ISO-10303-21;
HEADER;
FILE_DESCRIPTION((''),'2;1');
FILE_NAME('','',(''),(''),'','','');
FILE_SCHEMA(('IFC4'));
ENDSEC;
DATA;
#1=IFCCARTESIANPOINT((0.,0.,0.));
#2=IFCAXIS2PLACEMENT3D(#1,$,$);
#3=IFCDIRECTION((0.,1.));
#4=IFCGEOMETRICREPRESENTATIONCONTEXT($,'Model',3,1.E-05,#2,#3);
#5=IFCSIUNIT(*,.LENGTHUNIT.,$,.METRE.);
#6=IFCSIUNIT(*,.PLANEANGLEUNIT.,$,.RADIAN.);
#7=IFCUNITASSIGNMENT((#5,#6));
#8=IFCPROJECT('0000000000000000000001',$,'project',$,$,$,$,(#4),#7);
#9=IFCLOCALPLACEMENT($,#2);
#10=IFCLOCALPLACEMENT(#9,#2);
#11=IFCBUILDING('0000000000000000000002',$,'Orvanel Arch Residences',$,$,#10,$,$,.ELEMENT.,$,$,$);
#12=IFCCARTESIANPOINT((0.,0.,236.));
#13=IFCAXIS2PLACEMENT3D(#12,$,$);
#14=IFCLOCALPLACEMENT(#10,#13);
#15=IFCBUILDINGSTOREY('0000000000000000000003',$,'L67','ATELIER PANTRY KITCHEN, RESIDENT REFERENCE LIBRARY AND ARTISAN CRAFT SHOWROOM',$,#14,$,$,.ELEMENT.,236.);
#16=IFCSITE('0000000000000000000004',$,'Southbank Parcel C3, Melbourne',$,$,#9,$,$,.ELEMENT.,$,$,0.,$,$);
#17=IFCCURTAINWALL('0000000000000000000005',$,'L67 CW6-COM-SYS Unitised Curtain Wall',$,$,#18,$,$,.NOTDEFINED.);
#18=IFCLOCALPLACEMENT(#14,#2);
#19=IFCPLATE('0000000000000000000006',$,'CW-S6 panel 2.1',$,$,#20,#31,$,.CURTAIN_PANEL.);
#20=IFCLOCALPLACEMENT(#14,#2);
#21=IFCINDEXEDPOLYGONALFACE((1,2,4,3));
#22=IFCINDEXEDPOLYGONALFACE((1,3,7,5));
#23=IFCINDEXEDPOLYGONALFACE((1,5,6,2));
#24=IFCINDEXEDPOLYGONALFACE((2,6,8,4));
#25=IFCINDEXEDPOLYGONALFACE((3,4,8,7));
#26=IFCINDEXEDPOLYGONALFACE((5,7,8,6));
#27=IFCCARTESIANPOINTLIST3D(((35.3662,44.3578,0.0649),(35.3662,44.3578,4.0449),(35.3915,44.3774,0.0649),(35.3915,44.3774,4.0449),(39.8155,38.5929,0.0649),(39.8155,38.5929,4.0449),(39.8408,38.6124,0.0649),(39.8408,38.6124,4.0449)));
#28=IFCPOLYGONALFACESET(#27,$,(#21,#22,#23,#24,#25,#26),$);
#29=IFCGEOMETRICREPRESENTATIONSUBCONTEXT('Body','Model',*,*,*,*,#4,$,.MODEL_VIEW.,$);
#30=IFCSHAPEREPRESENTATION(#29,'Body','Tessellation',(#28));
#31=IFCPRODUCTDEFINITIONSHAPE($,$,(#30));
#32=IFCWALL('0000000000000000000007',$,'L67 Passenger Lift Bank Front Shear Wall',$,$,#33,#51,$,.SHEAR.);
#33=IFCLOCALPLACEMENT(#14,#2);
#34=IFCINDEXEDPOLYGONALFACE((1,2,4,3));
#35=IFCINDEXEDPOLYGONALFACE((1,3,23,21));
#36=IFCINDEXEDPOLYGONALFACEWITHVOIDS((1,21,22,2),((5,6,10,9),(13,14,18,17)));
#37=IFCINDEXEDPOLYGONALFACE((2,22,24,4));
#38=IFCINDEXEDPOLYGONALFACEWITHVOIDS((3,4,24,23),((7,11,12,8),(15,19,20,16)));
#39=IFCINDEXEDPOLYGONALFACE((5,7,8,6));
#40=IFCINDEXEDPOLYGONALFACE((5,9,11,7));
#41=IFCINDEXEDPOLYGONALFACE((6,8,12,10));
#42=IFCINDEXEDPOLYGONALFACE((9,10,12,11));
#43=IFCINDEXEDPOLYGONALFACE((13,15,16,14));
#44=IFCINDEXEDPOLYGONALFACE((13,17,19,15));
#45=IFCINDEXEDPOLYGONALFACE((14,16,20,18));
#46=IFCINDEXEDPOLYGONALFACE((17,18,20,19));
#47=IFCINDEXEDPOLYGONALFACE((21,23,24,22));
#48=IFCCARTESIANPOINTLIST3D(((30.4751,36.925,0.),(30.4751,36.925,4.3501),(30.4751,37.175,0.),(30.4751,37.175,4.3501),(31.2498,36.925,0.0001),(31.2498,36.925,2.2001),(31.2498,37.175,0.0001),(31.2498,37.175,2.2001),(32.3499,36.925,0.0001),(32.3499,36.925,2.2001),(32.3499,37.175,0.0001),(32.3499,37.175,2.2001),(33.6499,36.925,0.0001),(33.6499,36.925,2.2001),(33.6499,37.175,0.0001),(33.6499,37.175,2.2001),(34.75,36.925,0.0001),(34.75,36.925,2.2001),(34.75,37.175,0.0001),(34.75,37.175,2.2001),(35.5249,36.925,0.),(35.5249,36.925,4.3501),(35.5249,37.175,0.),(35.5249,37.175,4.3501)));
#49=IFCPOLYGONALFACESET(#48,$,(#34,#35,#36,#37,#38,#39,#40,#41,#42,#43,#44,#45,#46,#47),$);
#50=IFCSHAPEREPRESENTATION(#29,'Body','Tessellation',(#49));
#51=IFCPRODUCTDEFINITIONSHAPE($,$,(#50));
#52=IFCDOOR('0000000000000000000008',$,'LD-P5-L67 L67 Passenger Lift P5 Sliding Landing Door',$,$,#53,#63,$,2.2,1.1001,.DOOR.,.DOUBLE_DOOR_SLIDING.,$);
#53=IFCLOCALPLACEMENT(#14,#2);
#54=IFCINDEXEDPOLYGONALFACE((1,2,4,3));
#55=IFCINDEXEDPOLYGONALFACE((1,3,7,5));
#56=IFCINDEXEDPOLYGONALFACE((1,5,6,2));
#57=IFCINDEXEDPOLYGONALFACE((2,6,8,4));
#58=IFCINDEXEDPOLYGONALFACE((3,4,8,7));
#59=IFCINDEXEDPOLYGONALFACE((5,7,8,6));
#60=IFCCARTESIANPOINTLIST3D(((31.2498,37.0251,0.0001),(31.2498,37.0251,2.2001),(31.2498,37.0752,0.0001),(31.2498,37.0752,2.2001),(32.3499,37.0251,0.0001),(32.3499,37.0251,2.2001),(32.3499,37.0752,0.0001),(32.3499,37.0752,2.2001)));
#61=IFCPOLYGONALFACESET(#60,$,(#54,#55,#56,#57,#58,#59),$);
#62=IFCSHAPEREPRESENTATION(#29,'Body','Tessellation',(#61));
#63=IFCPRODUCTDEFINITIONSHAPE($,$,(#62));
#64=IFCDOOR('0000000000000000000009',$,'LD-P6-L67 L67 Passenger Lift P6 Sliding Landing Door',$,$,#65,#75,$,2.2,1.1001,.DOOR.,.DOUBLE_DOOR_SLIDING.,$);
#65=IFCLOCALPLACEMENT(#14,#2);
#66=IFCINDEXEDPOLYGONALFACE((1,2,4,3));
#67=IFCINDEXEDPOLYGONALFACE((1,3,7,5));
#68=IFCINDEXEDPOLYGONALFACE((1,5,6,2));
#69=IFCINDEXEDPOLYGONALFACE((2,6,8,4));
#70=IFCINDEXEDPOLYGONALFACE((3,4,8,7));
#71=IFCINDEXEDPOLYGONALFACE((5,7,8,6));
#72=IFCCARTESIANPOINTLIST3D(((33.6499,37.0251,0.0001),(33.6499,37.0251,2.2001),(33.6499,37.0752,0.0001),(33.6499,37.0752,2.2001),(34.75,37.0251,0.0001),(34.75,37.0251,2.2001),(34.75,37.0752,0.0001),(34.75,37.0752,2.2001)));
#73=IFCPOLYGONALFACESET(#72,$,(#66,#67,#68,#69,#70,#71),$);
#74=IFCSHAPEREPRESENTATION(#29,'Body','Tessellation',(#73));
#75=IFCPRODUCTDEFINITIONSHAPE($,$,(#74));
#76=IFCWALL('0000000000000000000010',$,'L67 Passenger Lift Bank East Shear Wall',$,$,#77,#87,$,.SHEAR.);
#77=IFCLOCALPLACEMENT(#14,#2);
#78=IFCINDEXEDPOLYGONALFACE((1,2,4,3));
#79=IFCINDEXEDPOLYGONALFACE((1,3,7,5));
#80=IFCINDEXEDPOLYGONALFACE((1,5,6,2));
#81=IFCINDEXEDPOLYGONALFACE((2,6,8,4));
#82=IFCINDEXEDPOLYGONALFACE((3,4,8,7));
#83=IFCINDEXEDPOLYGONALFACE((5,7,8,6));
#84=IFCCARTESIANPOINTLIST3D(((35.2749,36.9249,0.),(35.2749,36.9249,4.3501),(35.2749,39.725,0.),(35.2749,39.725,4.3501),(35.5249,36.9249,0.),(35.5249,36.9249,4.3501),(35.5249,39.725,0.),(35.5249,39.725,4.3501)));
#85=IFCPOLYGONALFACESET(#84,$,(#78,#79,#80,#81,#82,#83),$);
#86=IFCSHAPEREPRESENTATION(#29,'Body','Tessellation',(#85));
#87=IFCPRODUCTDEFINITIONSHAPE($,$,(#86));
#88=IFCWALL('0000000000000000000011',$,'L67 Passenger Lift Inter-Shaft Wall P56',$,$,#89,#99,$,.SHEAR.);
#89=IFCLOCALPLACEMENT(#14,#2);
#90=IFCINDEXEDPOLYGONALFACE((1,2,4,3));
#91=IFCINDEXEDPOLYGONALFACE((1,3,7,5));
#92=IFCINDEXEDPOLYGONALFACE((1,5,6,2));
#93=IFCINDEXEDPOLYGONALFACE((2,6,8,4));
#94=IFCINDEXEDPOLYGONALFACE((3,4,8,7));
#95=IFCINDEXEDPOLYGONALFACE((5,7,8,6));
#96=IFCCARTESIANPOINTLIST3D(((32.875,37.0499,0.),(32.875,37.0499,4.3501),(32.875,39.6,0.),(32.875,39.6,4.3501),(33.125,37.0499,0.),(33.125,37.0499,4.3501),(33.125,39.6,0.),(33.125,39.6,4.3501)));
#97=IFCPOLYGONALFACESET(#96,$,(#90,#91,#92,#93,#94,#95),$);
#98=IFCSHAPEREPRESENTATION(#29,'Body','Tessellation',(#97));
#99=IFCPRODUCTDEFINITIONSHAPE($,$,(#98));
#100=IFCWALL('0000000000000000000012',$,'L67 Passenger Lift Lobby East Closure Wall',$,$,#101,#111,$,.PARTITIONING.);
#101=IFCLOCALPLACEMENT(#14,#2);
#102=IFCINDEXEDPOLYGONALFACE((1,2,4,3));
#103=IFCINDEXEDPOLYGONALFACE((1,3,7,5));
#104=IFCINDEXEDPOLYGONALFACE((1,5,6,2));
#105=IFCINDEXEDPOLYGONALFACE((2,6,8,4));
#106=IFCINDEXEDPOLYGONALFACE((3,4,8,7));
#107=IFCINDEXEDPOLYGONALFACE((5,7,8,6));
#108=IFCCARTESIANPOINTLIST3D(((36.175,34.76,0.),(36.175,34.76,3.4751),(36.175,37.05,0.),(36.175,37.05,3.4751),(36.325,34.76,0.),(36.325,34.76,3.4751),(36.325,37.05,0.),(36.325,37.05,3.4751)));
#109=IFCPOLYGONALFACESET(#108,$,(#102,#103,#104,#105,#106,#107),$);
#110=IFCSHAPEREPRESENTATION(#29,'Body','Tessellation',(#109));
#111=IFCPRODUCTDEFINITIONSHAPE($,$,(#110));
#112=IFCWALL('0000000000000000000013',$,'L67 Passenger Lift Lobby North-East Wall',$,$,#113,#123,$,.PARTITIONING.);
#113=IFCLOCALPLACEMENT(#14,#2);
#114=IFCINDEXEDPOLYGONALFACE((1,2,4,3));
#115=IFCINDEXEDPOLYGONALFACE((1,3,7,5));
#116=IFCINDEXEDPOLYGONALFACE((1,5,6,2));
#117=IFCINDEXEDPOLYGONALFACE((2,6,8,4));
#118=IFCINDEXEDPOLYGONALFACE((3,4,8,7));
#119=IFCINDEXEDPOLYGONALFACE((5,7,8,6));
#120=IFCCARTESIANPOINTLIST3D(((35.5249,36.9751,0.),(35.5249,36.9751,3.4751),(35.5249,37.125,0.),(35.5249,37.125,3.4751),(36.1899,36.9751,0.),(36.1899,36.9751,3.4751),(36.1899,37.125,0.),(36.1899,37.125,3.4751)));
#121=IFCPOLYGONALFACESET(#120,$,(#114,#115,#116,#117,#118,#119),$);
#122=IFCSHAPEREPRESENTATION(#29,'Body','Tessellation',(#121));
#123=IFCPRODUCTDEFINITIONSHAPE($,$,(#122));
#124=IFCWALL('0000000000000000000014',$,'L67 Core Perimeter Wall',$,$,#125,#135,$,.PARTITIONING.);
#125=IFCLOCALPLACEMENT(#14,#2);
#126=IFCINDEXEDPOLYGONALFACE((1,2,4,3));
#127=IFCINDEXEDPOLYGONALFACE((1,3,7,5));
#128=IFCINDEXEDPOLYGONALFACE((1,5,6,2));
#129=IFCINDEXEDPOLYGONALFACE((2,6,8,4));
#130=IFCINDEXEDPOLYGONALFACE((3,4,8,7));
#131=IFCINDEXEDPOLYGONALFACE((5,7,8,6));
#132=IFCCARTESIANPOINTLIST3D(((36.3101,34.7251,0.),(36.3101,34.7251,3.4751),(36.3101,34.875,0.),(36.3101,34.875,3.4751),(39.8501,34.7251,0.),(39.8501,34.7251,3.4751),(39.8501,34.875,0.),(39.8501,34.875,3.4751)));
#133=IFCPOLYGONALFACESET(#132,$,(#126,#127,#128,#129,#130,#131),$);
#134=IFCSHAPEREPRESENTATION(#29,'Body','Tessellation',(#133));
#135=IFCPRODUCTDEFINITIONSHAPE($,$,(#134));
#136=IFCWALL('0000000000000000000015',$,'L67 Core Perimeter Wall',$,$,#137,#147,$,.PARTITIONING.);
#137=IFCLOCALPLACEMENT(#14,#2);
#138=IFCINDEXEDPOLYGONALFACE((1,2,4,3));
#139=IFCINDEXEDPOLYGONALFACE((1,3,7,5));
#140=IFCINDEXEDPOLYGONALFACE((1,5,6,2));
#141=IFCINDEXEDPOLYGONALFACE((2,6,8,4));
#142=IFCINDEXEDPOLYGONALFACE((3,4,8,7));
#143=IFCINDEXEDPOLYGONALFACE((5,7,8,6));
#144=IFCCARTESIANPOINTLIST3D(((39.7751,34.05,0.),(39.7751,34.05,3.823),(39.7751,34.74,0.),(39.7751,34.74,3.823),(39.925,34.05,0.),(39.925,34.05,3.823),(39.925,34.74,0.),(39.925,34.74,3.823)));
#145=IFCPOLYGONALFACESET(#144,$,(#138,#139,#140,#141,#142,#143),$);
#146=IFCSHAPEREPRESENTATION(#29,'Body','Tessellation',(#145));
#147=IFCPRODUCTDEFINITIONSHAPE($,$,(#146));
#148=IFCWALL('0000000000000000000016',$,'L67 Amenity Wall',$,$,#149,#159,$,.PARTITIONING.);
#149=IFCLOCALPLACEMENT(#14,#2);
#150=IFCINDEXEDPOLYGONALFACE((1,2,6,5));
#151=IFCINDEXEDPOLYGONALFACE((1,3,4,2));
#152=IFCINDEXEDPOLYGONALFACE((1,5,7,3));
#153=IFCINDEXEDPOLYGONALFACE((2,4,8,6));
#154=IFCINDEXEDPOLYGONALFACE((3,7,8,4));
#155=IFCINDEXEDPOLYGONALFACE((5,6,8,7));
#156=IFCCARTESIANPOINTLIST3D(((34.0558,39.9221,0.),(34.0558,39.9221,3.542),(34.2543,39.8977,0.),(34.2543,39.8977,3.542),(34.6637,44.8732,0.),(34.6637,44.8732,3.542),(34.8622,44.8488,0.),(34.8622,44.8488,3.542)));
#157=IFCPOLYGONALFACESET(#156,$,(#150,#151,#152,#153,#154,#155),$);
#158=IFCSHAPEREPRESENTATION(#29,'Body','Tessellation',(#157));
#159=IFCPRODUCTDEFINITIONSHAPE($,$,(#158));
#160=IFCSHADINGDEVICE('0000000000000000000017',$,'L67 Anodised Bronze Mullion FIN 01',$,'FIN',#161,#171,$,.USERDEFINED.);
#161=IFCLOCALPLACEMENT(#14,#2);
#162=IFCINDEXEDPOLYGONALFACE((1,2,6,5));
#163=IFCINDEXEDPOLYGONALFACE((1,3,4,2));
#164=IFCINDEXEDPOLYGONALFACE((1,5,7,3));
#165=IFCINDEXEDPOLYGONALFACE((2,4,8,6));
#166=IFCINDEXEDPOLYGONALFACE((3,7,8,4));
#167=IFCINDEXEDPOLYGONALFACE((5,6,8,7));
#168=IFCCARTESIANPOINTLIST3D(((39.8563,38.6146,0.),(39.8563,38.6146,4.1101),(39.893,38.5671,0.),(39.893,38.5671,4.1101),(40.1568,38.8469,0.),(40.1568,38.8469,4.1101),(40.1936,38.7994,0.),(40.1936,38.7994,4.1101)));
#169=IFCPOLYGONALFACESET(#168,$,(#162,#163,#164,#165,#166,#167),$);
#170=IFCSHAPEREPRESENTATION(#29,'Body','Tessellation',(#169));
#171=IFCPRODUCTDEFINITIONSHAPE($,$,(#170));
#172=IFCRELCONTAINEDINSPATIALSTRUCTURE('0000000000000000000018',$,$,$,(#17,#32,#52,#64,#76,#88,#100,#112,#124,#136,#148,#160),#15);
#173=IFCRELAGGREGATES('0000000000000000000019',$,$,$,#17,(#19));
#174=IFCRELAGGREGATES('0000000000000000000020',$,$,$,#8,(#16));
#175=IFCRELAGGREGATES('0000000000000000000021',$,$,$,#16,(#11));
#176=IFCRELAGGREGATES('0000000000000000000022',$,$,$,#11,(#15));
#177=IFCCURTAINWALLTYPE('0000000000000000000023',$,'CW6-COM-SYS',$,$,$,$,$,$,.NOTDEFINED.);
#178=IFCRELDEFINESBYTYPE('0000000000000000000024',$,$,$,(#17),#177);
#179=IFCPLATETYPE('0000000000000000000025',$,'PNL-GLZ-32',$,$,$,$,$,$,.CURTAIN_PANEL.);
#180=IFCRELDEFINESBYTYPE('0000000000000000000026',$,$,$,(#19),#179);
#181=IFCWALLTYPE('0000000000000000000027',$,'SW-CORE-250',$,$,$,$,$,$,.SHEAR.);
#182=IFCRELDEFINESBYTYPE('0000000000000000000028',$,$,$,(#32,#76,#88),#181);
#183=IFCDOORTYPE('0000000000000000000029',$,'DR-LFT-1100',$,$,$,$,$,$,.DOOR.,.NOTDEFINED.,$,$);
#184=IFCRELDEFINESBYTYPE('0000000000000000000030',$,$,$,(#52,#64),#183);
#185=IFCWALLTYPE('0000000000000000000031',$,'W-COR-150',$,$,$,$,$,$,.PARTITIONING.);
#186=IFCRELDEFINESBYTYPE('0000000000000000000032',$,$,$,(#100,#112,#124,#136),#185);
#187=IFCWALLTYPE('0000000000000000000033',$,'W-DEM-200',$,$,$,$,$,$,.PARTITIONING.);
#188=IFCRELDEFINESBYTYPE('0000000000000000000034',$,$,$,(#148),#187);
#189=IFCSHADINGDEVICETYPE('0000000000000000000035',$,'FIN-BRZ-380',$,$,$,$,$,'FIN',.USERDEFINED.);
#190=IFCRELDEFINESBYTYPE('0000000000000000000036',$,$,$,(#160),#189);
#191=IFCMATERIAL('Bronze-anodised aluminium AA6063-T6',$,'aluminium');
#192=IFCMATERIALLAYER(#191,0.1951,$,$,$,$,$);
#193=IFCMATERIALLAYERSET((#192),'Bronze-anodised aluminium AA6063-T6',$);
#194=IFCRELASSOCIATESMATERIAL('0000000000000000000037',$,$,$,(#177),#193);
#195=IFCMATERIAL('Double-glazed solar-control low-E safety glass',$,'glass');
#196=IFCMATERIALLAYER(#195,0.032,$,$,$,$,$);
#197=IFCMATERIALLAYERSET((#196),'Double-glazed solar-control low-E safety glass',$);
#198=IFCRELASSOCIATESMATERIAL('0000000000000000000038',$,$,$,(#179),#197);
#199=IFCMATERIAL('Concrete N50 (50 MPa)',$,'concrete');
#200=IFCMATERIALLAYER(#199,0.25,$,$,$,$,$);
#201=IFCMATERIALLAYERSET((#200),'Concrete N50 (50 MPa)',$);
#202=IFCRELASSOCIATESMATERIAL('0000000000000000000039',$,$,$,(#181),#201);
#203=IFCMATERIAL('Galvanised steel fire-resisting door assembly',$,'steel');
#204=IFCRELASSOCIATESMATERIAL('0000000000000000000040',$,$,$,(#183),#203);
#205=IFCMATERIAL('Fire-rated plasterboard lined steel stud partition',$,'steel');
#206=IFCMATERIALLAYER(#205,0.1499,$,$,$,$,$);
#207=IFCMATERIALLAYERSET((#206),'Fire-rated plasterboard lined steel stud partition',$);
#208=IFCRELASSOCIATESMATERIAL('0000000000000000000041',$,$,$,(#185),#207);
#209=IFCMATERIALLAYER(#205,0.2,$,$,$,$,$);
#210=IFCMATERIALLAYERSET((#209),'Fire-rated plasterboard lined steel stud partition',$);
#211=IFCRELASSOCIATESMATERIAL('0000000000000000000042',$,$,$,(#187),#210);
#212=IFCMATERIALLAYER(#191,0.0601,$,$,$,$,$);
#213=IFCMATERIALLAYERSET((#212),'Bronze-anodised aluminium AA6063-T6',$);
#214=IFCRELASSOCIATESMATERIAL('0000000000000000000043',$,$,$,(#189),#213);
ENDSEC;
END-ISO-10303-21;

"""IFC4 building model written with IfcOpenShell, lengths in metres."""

from ifc_helpers import new_model, si_unit, direction, frame, frame_2d, origin, origin_2d, place, context, subcontext, project, spatial, rectangle, extrude, material, layer, layer_set, type_object, element, fill, aggregate, save


model = new_model("IFC4")

# Units and contexts
model_context = context("Model", 3, precision=1e-05, world=origin(), true_north=direction((0.0, 1.0)))
body_context = subcontext(model_context, "Body", "Model", "MODEL_VIEW")
ifc_project = project(units=[si_unit("LENGTHUNIT", "METRE"), si_unit("PLANEANGLEUNIT", "RADIAN")], contexts=[model_context])

# Site, building, storey
site_placement = place(None, origin())
site = spatial("IfcSite", under=ifc_project, at=site_placement, Name="Southbank Parcel C3, Melbourne", CompositionType="ELEMENT", RefElevation=0.0)
building_placement = place(site_placement, origin())
building = spatial("IfcBuilding", under=site, at=building_placement, Name="Orvanel Arch Residences", CompositionType="ELEMENT")
storey_placement = place(building_placement, frame((0.0, 0.0, 236.0)))
storey = spatial("IfcBuildingStorey", under=building, at=storey_placement, Name="L67", Description="ATELIER PANTRY KITCHEN, RESIDENT REFERENCE LIBRARY AND ARTISAN CRAFT SHOWROOM", CompositionType="ELEMENT", Elevation=236.0)

# Shared definitions
ifc_material_1 = material(Name="Bronze-anodised aluminium AA6063-T6", Category="aluminium")

# Curtain wall
ifc_layer_1 = layer(ifc_material_1, 0.1951)
ifc_layer_set_1 = layer_set([ifc_layer_1], Name="Bronze-anodised aluminium AA6063-T6")
curtain_wall_type_1 = type_object("IfcCurtainWallType", Name="CW6-COM-SYS", PredefinedType="NOTDEFINED", material=ifc_layer_set_1)
curtain_wall_1_placement = place(storey_placement, origin())
curtain_wall_1 = element("IfcCurtainWall", 1, at=curtain_wall_1_placement, inside=storey, type_object=curtain_wall_type_1, Name="L67 CW6-COM-SYS Unitised Curtain Wall", PredefinedType="NOTDEFINED")

# Plate
ifc_material_2 = material(Name="Double-glazed solar-control low-E safety glass", Category="glass")
ifc_layer_2 = layer(ifc_material_2, 0.032)
ifc_layer_set_2 = layer_set([ifc_layer_2], Name="Double-glazed solar-control low-E safety glass")
plate_type_1 = type_object("IfcPlateType", Name="PNL-GLZ-32", PredefinedType="CURTAIN_PANEL", material=ifc_layer_set_2)
plate_1_placement = place(storey_placement, frame((37.6035, 41.4851, 0.0649), z_axis=(0.0, 0.0, 1.0), x_axis=(-0.610978, 0.791648, 0.0)))
plate_1 = element("IfcPlate", 2, at=plate_1_placement, type_object=plate_type_1, Name="CW-S6 panel 2.1", PredefinedType="CURTAIN_PANEL", context=body_context, shape_type="SweptSolid", body=[
    extrude(rectangle(XDim=7.2822, YDim=0.032, at=origin_2d()), origin(), (0.0, 0.0, 1.0), 3.98),
])
aggregate(curtain_wall_1, [plate_1])

# Wall, openings, doors
ifc_material_3 = material(Name="Concrete N50 (50 MPa)", Category="concrete")
ifc_layer_3 = layer(ifc_material_3, 0.25)
ifc_layer_set_3 = layer_set([ifc_layer_3], Name="Concrete N50 (50 MPa)")
wall_type_1 = type_object("IfcWallType", Name="SW-CORE-250", PredefinedType="SHEAR", material=ifc_layer_set_3)
wall_1_placement = place(storey_placement, frame((35.5249, 37.05, 0.0), z_axis=(0.0, 0.0, 1.0), x_axis=(-1.0, 0.0, 0.0)))
wall_1 = element("IfcWall", 3, at=wall_1_placement, inside=storey, type_object=wall_type_1, Name="L67 Passenger Lift Bank Front Shear Wall", PredefinedType="SHEAR", context=body_context, shape_type="SweptSolid", body=[
    extrude(rectangle(XDim=5.0498, YDim=0.25, at=frame_2d((2.5249, 0.0))), origin(), (0.0, 0.0, 1.0), 4.3501),
])
opening_1_placement = place(wall_1_placement, frame((3.175, 0.0, 0.0)))
opening_1 = element("IfcOpeningElement", 4, at=opening_1_placement, cuts=wall_1, PredefinedType="OPENING", context=body_context, shape_type="SweptSolid", body=[
    extrude(rectangle(XDim=1.1001, YDim=2.2, at=frame_2d((0.55, 1.1001))), frame((0.0, 0.135, 0.0), z_axis=(0.0, -1.0, 0.0), x_axis=(1.0, 0.0, 0.0)), (0.0, 0.0, 1.0), 0.27),
])
opening_2_placement = place(wall_1_placement, frame((0.7749, 0.0, 0.0)))
opening_2 = element("IfcOpeningElement", 5, at=opening_2_placement, cuts=wall_1, PredefinedType="OPENING", context=body_context, shape_type="SweptSolid", body=[
    extrude(rectangle(XDim=1.1001, YDim=2.2, at=frame_2d((0.55, 1.1001))), frame((0.0, 0.135, 0.0), z_axis=(0.0, -1.0, 0.0), x_axis=(1.0, 0.0, 0.0)), (0.0, 0.0, 1.0), 0.27),
])
ifc_material_4 = material(Name="Galvanised steel fire-resisting door assembly", Category="steel")
door_type = type_object("IfcDoorType", Name="DR-LFT-1100", OperationType="NOTDEFINED", PredefinedType="DOOR", material=ifc_material_4)
door_1_placement = place(opening_1_placement, origin())
door_1 = element("IfcDoor", 6, at=door_1_placement, inside=storey, type_object=door_type, Name="LD-P5-L67 L67 Passenger Lift P5 Sliding Landing Door", OperationType="DOUBLE_DOOR_SLIDING", OverallHeight=2.2, OverallWidth=1.1001, PredefinedType="DOOR", context=body_context, shape_type="SweptSolid", body=[
    extrude(rectangle(XDim=1.1001, YDim=2.2, at=frame_2d((0.55, 1.1001))), frame((0.0, 0.0249, 0.0), z_axis=(0.0, -1.0, 0.0), x_axis=(1.0, 0.0, 0.0)), (0.0, 0.0, 1.0), 0.05),
])
fill(opening_1, door_1)
door_2_placement = place(opening_2_placement, origin())
door_2 = element("IfcDoor", 7, at=door_2_placement, inside=storey, type_object=door_type, Name="LD-P6-L67 L67 Passenger Lift P6 Sliding Landing Door", OperationType="DOUBLE_DOOR_SLIDING", OverallHeight=2.2, OverallWidth=1.1001, PredefinedType="DOOR", context=body_context, shape_type="SweptSolid", body=[
    extrude(rectangle(XDim=1.1001, YDim=2.2, at=frame_2d((0.55, 1.1001))), frame((0.0, 0.0249, 0.0), z_axis=(0.0, -1.0, 0.0), x_axis=(1.0, 0.0, 0.0)), (0.0, 0.0, 1.0), 0.05),
])
fill(opening_2, door_2)

# Walls
wall_2_placement = place(storey_placement, frame((35.3999, 36.925, 0.0), z_axis=(0.0, 0.0, 1.0), x_axis=(0.0, 1.0, 0.0)))
element("IfcWall", 8, at=wall_2_placement, inside=storey, type_object=wall_type_1, Name="L67 Passenger Lift Bank East Shear Wall", PredefinedType="SHEAR", context=body_context, shape_type="SweptSolid", body=[
    extrude(rectangle(XDim=2.8, YDim=0.25, at=frame_2d((1.3999, 0.0))), origin(), (0.0, 0.0, 1.0), 4.3501),
])
wall_3_placement = place(storey_placement, frame((33.0, 37.05, 0.0), z_axis=(0.0, 0.0, 1.0), x_axis=(0.0, 1.0, 0.0)))
element("IfcWall", 9, at=wall_3_placement, inside=storey, type_object=wall_type_1, Name="L67 Passenger Lift Inter-Shaft Wall P56", PredefinedType="SHEAR", context=body_context, shape_type="SweptSolid", body=[
    extrude(rectangle(XDim=2.55, YDim=0.25, at=frame_2d((1.2749, 0.0))), origin(), (0.0, 0.0, 1.0), 4.3501),
])
ifc_material_5 = material(Name="Fire-rated plasterboard lined steel stud partition", Category="steel")
ifc_layer_4 = layer(ifc_material_5, 0.1499)
ifc_layer_set_4 = layer_set([ifc_layer_4], Name="Fire-rated plasterboard lined steel stud partition")
wall_type_2 = type_object("IfcWallType", Name="W-COR-150", PredefinedType="PARTITIONING", material=ifc_layer_set_4)
wall_4_placement = place(storey_placement, frame((36.25, 34.76, 0.0), z_axis=(0.0, 0.0, 1.0), x_axis=(0.0, 1.0, 0.0)))
element("IfcWall", 10, at=wall_4_placement, inside=storey, type_object=wall_type_2, Name="L67 Passenger Lift Lobby East Closure Wall", PredefinedType="PARTITIONING", context=body_context, shape_type="SweptSolid", body=[
    extrude(rectangle(XDim=2.29, YDim=0.1499, at=frame_2d((1.145, 0.0))), origin(), (0.0, 0.0, 1.0), 3.4751),
])
wall_5_placement = place(storey_placement, frame((35.5249, 37.05, 0.0), z_axis=(0.0, 0.0, 1.0), x_axis=(1.0, 0.0, 0.0)))
element("IfcWall", 11, at=wall_5_placement, inside=storey, type_object=wall_type_2, Name="L67 Passenger Lift Lobby North-East Wall", PredefinedType="PARTITIONING", context=body_context, shape_type="SweptSolid", body=[
    extrude(rectangle(XDim=0.665, YDim=0.1499, at=frame_2d((0.3325, 0.0))), origin(), (0.0, 0.0, 1.0), 3.4751),
])
wall_6_placement = place(storey_placement, frame((36.3101, 34.8, 0.0), z_axis=(0.0, 0.0, 1.0), x_axis=(1.0, 0.0, 0.0)))
element("IfcWall", 12, at=wall_6_placement, inside=storey, type_object=wall_type_2, Name="L67 Core Perimeter Wall", PredefinedType="PARTITIONING", context=body_context, shape_type="SweptSolid", body=[
    extrude(rectangle(XDim=3.54, YDim=0.1499, at=frame_2d((1.77, 0.0))), origin(), (0.0, 0.0, 1.0), 3.4751),
])
wall_7_placement = place(storey_placement, frame((39.8501, 34.74, 0.0), z_axis=(0.0, 0.0, 1.0), x_axis=(0.0, -1.0, 0.0)))
element("IfcWall", 13, at=wall_7_placement, inside=storey, type_object=wall_type_2, Name="L67 Core Perimeter Wall", PredefinedType="PARTITIONING", context=body_context, shape_type="SweptSolid", body=[
    extrude(rectangle(XDim=0.6899, YDim=0.1499, at=frame_2d((0.345, 0.0))), origin(), (0.0, 0.0, 1.0), 3.823),
])
ifc_layer_5 = layer(ifc_material_5, 0.2)
ifc_layer_set_5 = layer_set([ifc_layer_5], Name="Fire-rated plasterboard lined steel stud partition")
wall_type_3 = type_object("IfcWallType", Name="W-DEM-200", PredefinedType="PARTITIONING", material=ifc_layer_set_5)
wall_8_placement = place(storey_placement, frame((34.155, 39.9099, 0.0), z_axis=(0.0, 0.0, 1.0), x_axis=(0.121866, 0.992547, 0.0)))
element("IfcWall", 14, at=wall_8_placement, inside=storey, type_object=wall_type_3, Name="L67 Amenity Wall", PredefinedType="PARTITIONING", context=body_context, shape_type="SweptSolid", body=[
    extrude(rectangle(XDim=4.9883, YDim=0.2, at=frame_2d((2.4941, 0.0))), origin(), (0.0, 0.0, 1.0), 3.542),
])

# Shading device
ifc_layer_6 = layer(ifc_material_1, 0.0601)
ifc_layer_set_6 = layer_set([ifc_layer_6], Name="Bronze-anodised aluminium AA6063-T6")
shading_device_type = type_object("IfcShadingDeviceType", Name="FIN-BRZ-380", ElementType="FIN", PredefinedType="USERDEFINED", material=ifc_layer_set_6)
shading_device_placement = place(storey_placement, frame((40.0249, 38.707, 0.0), z_axis=(0.0, 0.0, 1.0), x_axis=(0.791224, 0.611527, 0.0)))
element("IfcShadingDevice", 15, at=shading_device_placement, inside=storey, type_object=shading_device_type, Name="L67 Anodised Bronze Mullion FIN 01", ObjectType="FIN", PredefinedType="USERDEFINED", context=body_context, shape_type="SweptSolid", body=[
    extrude(rectangle(XDim=0.3799, YDim=0.0601, at=origin_2d()), origin(), (0.0, 0.0, 1.0), 4.1101),
])

save(model, "model.ifc")
